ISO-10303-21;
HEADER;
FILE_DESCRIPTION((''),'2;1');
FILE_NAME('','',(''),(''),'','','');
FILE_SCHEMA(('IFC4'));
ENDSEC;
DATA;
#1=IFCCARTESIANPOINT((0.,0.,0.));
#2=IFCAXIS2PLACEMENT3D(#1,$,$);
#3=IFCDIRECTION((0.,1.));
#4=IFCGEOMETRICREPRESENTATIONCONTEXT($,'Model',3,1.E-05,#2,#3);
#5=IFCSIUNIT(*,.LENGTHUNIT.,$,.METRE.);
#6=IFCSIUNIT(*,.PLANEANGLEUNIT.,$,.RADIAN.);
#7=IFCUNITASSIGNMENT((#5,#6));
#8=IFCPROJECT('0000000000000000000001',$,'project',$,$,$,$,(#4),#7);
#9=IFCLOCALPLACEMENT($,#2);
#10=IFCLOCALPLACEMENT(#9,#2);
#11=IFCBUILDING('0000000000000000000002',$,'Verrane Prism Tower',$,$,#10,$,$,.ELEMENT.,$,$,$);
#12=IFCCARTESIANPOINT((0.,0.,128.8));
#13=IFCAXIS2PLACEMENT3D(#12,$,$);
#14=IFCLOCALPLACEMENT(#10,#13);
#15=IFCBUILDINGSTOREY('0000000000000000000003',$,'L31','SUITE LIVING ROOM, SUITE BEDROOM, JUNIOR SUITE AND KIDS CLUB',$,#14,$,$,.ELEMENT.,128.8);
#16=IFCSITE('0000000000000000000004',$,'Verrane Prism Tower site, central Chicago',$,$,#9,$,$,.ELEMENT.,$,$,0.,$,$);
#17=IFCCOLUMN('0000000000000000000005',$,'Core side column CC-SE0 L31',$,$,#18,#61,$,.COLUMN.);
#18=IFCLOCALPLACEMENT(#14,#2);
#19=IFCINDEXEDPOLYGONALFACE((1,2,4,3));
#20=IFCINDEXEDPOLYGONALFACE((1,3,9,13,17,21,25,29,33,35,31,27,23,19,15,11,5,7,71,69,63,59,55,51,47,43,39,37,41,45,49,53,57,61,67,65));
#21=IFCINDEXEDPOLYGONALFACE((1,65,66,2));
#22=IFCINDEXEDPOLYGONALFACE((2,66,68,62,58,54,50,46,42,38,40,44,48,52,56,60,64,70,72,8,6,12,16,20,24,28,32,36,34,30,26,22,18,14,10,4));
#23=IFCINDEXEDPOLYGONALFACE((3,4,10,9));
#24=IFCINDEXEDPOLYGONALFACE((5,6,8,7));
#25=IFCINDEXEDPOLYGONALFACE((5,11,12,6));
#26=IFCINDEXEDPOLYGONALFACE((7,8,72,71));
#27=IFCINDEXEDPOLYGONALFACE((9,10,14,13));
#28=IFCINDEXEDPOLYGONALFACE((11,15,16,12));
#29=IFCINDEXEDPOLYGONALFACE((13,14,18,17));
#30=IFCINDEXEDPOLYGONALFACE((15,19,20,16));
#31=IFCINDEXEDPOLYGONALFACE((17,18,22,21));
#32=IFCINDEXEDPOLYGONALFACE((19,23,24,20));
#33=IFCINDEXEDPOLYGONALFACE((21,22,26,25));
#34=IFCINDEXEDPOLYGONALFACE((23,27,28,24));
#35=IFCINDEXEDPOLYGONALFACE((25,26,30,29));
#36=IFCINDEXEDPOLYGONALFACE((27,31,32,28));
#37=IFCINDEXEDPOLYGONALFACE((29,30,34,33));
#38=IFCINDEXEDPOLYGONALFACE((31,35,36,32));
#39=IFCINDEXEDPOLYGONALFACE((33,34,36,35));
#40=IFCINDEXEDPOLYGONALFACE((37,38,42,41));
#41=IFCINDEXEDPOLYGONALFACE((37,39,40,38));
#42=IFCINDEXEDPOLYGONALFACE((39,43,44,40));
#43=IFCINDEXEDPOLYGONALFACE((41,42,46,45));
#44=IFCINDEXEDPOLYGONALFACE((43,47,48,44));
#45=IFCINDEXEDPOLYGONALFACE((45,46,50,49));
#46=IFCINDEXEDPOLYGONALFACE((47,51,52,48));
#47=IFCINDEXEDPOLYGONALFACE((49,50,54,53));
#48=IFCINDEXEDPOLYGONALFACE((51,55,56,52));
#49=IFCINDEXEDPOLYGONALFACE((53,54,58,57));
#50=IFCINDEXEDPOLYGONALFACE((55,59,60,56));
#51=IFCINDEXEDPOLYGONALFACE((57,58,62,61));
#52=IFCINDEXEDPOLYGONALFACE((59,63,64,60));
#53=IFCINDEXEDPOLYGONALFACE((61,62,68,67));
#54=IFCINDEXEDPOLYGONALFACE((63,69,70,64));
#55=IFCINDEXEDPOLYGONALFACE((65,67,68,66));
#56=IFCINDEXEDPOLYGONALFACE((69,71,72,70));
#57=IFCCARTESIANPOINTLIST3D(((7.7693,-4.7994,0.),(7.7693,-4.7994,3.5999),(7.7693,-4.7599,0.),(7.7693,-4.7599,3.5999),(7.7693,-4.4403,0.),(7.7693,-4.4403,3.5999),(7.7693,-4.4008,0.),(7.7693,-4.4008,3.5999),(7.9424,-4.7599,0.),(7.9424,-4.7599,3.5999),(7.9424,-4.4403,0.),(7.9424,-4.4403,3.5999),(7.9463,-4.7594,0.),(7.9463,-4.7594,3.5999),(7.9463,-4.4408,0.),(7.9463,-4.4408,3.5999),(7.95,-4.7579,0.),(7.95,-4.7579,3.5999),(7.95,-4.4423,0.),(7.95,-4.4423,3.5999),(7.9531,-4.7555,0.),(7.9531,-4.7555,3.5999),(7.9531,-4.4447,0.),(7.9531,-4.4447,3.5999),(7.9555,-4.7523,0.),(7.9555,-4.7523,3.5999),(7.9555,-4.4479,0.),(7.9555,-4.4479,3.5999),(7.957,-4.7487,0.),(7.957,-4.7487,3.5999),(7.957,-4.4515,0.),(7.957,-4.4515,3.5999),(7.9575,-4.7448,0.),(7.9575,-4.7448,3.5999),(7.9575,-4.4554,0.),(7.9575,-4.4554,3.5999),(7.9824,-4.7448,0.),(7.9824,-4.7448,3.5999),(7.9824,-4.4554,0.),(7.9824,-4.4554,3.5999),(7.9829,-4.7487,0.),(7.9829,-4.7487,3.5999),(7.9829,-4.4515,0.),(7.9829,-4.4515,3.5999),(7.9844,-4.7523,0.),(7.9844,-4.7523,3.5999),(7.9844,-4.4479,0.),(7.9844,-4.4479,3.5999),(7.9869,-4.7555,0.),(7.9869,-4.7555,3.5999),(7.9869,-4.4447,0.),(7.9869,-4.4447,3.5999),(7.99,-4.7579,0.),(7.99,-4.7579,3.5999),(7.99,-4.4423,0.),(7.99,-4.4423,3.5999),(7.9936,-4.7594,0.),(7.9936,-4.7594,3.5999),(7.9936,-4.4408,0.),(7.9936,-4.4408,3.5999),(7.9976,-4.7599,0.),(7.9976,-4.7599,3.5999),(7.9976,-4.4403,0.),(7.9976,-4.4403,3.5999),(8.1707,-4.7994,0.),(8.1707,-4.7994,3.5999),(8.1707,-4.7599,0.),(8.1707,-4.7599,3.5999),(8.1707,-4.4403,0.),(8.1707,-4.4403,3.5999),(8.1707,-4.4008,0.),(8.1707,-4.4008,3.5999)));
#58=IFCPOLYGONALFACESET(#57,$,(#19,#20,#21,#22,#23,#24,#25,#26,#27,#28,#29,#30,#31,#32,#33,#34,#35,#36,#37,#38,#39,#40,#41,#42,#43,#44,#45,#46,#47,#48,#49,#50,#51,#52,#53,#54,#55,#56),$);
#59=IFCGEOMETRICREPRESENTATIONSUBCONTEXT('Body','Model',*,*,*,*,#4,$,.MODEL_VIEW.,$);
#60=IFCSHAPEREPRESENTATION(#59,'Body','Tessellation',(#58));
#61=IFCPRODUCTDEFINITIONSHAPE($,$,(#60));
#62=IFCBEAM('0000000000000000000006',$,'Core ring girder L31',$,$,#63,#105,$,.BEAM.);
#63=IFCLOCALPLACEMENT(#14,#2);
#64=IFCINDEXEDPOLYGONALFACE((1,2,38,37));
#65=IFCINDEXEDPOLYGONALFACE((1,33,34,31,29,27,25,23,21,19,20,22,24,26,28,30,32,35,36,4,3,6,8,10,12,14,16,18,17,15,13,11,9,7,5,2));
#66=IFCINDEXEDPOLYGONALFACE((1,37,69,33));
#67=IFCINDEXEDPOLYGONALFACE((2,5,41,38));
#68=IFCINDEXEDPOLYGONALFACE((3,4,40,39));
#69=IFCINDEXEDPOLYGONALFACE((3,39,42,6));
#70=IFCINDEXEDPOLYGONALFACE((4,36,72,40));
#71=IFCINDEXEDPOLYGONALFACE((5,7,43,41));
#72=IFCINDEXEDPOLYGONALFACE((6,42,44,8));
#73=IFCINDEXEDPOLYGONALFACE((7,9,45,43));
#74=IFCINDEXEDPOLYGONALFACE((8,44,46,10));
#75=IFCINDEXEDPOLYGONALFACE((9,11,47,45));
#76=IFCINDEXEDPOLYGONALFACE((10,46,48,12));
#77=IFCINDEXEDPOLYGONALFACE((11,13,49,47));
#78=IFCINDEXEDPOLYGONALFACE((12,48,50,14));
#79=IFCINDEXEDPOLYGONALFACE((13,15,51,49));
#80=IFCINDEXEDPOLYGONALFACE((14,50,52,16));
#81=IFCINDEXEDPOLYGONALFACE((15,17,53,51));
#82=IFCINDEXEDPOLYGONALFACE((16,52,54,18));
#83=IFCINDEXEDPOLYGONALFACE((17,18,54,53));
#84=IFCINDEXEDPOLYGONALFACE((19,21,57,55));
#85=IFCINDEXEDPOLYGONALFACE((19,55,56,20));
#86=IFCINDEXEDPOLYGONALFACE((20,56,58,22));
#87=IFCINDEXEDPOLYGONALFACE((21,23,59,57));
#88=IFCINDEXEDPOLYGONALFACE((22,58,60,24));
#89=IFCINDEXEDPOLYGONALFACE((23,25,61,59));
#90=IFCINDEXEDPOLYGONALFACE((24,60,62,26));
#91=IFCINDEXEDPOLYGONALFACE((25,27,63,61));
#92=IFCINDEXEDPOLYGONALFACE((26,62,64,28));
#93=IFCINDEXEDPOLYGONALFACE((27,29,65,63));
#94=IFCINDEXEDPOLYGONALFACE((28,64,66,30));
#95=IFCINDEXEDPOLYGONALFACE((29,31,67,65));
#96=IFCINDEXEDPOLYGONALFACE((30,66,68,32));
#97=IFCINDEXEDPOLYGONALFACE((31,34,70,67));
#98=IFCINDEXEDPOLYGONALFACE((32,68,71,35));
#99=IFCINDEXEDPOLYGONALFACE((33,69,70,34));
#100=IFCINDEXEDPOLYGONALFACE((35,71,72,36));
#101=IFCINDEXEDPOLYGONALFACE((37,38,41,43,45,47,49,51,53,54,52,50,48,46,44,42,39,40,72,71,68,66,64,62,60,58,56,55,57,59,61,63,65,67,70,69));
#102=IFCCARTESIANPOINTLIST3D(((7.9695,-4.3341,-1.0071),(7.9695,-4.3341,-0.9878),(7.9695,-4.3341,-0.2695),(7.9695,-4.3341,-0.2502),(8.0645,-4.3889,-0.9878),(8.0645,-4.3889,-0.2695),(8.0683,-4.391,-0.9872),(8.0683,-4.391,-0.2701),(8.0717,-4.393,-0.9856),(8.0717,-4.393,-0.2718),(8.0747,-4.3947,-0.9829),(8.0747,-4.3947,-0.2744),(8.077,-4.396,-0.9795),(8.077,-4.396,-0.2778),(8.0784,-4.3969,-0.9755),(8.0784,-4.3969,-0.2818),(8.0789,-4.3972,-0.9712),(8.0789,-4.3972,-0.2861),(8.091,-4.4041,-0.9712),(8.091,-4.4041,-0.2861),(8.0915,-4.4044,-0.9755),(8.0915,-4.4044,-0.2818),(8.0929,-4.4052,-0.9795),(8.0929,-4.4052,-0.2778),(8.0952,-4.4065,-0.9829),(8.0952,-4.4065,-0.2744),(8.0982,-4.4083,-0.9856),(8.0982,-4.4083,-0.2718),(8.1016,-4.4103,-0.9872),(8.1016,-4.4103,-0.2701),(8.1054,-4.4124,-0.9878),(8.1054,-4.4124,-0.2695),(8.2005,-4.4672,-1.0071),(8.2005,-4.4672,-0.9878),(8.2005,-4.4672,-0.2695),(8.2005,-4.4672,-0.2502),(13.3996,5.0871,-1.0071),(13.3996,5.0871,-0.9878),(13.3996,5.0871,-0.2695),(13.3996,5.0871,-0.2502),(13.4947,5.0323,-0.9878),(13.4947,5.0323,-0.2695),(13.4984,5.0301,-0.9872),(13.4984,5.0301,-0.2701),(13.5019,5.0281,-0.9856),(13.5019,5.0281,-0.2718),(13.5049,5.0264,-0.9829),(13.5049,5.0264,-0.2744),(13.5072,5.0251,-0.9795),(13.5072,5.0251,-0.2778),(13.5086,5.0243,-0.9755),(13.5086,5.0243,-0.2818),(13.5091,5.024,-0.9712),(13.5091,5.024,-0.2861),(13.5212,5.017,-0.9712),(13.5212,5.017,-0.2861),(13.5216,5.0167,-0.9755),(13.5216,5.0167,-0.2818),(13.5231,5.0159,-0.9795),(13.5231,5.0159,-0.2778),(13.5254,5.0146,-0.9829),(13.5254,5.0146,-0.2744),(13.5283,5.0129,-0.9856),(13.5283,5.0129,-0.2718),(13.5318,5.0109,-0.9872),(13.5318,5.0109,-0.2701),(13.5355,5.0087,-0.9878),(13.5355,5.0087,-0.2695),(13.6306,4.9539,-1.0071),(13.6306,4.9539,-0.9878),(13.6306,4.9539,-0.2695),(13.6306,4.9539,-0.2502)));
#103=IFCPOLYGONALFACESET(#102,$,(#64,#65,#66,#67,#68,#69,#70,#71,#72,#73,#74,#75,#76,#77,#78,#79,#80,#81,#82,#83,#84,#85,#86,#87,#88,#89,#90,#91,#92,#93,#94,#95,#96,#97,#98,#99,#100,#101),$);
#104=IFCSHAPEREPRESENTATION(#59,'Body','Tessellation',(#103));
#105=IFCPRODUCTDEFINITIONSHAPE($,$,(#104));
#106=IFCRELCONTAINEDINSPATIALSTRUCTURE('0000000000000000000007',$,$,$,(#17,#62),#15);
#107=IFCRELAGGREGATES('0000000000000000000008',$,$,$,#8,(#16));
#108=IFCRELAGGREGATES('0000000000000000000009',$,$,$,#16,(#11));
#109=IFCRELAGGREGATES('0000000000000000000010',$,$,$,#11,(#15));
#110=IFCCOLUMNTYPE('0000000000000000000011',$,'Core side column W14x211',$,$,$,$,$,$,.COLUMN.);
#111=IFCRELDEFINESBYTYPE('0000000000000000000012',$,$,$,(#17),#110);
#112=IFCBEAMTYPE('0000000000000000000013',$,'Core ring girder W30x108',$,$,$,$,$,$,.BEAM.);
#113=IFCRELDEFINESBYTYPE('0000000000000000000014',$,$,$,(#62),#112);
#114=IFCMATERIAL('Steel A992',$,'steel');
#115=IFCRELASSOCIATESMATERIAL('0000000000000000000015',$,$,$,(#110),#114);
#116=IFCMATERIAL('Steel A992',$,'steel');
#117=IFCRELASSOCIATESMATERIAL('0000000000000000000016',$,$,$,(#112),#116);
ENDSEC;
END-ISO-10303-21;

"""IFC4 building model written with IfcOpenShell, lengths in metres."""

from ifc_helpers import new_model, si_unit, direction, frame, origin, origin_2d, place, context, subcontext, project, spatial, i_section, extrude, material, material_profile, profile_set, type_object, element, save


model = new_model("IFC4")

# Units and contexts
model_context = context("Model", 3, precision=1e-05, world=origin(), true_north=direction((0.0, 1.0)))
body_context = subcontext(model_context, "Body", "Model", "MODEL_VIEW")
ifc_project = project(units=[si_unit("LENGTHUNIT", "METRE"), si_unit("PLANEANGLEUNIT", "RADIAN")], contexts=[model_context])

# Site, building, storey
site_placement = place(None, origin())
site = spatial("IfcSite", under=ifc_project, at=site_placement, Name="Verrane Prism Tower site, central Chicago", CompositionType="ELEMENT", RefElevation=0.0)
building_placement = place(site_placement, origin())
building = spatial("IfcBuilding", under=site, at=building_placement, Name="Verrane Prism Tower", CompositionType="ELEMENT")
storey_placement = place(building_placement, frame((0.0, 0.0, 128.8)))
storey = spatial("IfcBuildingStorey", under=building, at=storey_placement, Name="L31", Description="SUITE LIVING ROOM, SUITE BEDROOM, JUNIOR SUITE AND KIDS CLUB", CompositionType="ELEMENT", Elevation=128.8)

# Column
ifc_material_1 = material(Name="Steel A992", Category="steel")
ifc_material_profile_1 = material_profile(ifc_material_1, i_section(OverallWidth=0.4014, OverallDepth=0.3987, WebThickness=0.0249, FlangeThickness=0.0396, FilletRadius=0.0151, at=origin_2d()), Name="W14x211")
ifc_profile_set_1 = profile_set([ifc_material_profile_1], Name="Steel A992")
column_type = type_object("IfcColumnType", Name="Core side column W14x211", PredefinedType="COLUMN", material=ifc_profile_set_1)
column_placement = place(storey_placement, frame((7.97, -4.6001, 0.0), z_axis=(0.0, 0.0, 1.0), x_axis=(1.0, 0.0, 0.0)))
element("IfcColumn", 1, at=column_placement, inside=storey, type_object=column_type, Name="Core side column CC-SE0 L31", PredefinedType="COLUMN", context=body_context, shape_type="SweptSolid", body=[
    extrude(i_section(OverallWidth=0.4014, OverallDepth=0.3987, WebThickness=0.0249, FlangeThickness=0.0396, FilletRadius=0.0151, at=origin_2d()), origin(), (0.0, 0.0, 1.0), 3.5999),
])

# Beam
ifc_material_2 = material(Name="Steel A992", Category="steel")
ifc_material_profile_2 = material_profile(ifc_material_2, i_section(OverallWidth=0.2666, OverallDepth=0.7568, WebThickness=0.0139, FlangeThickness=0.0193, FilletRadius=0.0166, at=origin_2d()), Name="W30x108")
ifc_profile_set_2 = profile_set([ifc_material_profile_2], Name="Steel A992")
beam_type = type_object("IfcBeamType", Name="Core ring girder W30x108", PredefinedType="BEAM", material=ifc_profile_set_2)
beam_placement = place(storey_placement, frame((8.085, -4.4006, -0.6287), z_axis=(0.499371, 0.866388, 0.0), x_axis=(-0.866388, 0.499371, 0.0)))
element("IfcBeam", 2, at=beam_placement, inside=storey, type_object=beam_type, Name="Core ring girder L31", PredefinedType="BEAM", context=body_context, shape_type="SweptSolid", body=[
    extrude(i_section(OverallWidth=0.2666, OverallDepth=0.7568, WebThickness=0.0139, FlangeThickness=0.0193, FilletRadius=0.0166, at=origin_2d()), origin(), (0.0, 0.0, 1.0), 10.874),
])

save(model, "model.ifc")
